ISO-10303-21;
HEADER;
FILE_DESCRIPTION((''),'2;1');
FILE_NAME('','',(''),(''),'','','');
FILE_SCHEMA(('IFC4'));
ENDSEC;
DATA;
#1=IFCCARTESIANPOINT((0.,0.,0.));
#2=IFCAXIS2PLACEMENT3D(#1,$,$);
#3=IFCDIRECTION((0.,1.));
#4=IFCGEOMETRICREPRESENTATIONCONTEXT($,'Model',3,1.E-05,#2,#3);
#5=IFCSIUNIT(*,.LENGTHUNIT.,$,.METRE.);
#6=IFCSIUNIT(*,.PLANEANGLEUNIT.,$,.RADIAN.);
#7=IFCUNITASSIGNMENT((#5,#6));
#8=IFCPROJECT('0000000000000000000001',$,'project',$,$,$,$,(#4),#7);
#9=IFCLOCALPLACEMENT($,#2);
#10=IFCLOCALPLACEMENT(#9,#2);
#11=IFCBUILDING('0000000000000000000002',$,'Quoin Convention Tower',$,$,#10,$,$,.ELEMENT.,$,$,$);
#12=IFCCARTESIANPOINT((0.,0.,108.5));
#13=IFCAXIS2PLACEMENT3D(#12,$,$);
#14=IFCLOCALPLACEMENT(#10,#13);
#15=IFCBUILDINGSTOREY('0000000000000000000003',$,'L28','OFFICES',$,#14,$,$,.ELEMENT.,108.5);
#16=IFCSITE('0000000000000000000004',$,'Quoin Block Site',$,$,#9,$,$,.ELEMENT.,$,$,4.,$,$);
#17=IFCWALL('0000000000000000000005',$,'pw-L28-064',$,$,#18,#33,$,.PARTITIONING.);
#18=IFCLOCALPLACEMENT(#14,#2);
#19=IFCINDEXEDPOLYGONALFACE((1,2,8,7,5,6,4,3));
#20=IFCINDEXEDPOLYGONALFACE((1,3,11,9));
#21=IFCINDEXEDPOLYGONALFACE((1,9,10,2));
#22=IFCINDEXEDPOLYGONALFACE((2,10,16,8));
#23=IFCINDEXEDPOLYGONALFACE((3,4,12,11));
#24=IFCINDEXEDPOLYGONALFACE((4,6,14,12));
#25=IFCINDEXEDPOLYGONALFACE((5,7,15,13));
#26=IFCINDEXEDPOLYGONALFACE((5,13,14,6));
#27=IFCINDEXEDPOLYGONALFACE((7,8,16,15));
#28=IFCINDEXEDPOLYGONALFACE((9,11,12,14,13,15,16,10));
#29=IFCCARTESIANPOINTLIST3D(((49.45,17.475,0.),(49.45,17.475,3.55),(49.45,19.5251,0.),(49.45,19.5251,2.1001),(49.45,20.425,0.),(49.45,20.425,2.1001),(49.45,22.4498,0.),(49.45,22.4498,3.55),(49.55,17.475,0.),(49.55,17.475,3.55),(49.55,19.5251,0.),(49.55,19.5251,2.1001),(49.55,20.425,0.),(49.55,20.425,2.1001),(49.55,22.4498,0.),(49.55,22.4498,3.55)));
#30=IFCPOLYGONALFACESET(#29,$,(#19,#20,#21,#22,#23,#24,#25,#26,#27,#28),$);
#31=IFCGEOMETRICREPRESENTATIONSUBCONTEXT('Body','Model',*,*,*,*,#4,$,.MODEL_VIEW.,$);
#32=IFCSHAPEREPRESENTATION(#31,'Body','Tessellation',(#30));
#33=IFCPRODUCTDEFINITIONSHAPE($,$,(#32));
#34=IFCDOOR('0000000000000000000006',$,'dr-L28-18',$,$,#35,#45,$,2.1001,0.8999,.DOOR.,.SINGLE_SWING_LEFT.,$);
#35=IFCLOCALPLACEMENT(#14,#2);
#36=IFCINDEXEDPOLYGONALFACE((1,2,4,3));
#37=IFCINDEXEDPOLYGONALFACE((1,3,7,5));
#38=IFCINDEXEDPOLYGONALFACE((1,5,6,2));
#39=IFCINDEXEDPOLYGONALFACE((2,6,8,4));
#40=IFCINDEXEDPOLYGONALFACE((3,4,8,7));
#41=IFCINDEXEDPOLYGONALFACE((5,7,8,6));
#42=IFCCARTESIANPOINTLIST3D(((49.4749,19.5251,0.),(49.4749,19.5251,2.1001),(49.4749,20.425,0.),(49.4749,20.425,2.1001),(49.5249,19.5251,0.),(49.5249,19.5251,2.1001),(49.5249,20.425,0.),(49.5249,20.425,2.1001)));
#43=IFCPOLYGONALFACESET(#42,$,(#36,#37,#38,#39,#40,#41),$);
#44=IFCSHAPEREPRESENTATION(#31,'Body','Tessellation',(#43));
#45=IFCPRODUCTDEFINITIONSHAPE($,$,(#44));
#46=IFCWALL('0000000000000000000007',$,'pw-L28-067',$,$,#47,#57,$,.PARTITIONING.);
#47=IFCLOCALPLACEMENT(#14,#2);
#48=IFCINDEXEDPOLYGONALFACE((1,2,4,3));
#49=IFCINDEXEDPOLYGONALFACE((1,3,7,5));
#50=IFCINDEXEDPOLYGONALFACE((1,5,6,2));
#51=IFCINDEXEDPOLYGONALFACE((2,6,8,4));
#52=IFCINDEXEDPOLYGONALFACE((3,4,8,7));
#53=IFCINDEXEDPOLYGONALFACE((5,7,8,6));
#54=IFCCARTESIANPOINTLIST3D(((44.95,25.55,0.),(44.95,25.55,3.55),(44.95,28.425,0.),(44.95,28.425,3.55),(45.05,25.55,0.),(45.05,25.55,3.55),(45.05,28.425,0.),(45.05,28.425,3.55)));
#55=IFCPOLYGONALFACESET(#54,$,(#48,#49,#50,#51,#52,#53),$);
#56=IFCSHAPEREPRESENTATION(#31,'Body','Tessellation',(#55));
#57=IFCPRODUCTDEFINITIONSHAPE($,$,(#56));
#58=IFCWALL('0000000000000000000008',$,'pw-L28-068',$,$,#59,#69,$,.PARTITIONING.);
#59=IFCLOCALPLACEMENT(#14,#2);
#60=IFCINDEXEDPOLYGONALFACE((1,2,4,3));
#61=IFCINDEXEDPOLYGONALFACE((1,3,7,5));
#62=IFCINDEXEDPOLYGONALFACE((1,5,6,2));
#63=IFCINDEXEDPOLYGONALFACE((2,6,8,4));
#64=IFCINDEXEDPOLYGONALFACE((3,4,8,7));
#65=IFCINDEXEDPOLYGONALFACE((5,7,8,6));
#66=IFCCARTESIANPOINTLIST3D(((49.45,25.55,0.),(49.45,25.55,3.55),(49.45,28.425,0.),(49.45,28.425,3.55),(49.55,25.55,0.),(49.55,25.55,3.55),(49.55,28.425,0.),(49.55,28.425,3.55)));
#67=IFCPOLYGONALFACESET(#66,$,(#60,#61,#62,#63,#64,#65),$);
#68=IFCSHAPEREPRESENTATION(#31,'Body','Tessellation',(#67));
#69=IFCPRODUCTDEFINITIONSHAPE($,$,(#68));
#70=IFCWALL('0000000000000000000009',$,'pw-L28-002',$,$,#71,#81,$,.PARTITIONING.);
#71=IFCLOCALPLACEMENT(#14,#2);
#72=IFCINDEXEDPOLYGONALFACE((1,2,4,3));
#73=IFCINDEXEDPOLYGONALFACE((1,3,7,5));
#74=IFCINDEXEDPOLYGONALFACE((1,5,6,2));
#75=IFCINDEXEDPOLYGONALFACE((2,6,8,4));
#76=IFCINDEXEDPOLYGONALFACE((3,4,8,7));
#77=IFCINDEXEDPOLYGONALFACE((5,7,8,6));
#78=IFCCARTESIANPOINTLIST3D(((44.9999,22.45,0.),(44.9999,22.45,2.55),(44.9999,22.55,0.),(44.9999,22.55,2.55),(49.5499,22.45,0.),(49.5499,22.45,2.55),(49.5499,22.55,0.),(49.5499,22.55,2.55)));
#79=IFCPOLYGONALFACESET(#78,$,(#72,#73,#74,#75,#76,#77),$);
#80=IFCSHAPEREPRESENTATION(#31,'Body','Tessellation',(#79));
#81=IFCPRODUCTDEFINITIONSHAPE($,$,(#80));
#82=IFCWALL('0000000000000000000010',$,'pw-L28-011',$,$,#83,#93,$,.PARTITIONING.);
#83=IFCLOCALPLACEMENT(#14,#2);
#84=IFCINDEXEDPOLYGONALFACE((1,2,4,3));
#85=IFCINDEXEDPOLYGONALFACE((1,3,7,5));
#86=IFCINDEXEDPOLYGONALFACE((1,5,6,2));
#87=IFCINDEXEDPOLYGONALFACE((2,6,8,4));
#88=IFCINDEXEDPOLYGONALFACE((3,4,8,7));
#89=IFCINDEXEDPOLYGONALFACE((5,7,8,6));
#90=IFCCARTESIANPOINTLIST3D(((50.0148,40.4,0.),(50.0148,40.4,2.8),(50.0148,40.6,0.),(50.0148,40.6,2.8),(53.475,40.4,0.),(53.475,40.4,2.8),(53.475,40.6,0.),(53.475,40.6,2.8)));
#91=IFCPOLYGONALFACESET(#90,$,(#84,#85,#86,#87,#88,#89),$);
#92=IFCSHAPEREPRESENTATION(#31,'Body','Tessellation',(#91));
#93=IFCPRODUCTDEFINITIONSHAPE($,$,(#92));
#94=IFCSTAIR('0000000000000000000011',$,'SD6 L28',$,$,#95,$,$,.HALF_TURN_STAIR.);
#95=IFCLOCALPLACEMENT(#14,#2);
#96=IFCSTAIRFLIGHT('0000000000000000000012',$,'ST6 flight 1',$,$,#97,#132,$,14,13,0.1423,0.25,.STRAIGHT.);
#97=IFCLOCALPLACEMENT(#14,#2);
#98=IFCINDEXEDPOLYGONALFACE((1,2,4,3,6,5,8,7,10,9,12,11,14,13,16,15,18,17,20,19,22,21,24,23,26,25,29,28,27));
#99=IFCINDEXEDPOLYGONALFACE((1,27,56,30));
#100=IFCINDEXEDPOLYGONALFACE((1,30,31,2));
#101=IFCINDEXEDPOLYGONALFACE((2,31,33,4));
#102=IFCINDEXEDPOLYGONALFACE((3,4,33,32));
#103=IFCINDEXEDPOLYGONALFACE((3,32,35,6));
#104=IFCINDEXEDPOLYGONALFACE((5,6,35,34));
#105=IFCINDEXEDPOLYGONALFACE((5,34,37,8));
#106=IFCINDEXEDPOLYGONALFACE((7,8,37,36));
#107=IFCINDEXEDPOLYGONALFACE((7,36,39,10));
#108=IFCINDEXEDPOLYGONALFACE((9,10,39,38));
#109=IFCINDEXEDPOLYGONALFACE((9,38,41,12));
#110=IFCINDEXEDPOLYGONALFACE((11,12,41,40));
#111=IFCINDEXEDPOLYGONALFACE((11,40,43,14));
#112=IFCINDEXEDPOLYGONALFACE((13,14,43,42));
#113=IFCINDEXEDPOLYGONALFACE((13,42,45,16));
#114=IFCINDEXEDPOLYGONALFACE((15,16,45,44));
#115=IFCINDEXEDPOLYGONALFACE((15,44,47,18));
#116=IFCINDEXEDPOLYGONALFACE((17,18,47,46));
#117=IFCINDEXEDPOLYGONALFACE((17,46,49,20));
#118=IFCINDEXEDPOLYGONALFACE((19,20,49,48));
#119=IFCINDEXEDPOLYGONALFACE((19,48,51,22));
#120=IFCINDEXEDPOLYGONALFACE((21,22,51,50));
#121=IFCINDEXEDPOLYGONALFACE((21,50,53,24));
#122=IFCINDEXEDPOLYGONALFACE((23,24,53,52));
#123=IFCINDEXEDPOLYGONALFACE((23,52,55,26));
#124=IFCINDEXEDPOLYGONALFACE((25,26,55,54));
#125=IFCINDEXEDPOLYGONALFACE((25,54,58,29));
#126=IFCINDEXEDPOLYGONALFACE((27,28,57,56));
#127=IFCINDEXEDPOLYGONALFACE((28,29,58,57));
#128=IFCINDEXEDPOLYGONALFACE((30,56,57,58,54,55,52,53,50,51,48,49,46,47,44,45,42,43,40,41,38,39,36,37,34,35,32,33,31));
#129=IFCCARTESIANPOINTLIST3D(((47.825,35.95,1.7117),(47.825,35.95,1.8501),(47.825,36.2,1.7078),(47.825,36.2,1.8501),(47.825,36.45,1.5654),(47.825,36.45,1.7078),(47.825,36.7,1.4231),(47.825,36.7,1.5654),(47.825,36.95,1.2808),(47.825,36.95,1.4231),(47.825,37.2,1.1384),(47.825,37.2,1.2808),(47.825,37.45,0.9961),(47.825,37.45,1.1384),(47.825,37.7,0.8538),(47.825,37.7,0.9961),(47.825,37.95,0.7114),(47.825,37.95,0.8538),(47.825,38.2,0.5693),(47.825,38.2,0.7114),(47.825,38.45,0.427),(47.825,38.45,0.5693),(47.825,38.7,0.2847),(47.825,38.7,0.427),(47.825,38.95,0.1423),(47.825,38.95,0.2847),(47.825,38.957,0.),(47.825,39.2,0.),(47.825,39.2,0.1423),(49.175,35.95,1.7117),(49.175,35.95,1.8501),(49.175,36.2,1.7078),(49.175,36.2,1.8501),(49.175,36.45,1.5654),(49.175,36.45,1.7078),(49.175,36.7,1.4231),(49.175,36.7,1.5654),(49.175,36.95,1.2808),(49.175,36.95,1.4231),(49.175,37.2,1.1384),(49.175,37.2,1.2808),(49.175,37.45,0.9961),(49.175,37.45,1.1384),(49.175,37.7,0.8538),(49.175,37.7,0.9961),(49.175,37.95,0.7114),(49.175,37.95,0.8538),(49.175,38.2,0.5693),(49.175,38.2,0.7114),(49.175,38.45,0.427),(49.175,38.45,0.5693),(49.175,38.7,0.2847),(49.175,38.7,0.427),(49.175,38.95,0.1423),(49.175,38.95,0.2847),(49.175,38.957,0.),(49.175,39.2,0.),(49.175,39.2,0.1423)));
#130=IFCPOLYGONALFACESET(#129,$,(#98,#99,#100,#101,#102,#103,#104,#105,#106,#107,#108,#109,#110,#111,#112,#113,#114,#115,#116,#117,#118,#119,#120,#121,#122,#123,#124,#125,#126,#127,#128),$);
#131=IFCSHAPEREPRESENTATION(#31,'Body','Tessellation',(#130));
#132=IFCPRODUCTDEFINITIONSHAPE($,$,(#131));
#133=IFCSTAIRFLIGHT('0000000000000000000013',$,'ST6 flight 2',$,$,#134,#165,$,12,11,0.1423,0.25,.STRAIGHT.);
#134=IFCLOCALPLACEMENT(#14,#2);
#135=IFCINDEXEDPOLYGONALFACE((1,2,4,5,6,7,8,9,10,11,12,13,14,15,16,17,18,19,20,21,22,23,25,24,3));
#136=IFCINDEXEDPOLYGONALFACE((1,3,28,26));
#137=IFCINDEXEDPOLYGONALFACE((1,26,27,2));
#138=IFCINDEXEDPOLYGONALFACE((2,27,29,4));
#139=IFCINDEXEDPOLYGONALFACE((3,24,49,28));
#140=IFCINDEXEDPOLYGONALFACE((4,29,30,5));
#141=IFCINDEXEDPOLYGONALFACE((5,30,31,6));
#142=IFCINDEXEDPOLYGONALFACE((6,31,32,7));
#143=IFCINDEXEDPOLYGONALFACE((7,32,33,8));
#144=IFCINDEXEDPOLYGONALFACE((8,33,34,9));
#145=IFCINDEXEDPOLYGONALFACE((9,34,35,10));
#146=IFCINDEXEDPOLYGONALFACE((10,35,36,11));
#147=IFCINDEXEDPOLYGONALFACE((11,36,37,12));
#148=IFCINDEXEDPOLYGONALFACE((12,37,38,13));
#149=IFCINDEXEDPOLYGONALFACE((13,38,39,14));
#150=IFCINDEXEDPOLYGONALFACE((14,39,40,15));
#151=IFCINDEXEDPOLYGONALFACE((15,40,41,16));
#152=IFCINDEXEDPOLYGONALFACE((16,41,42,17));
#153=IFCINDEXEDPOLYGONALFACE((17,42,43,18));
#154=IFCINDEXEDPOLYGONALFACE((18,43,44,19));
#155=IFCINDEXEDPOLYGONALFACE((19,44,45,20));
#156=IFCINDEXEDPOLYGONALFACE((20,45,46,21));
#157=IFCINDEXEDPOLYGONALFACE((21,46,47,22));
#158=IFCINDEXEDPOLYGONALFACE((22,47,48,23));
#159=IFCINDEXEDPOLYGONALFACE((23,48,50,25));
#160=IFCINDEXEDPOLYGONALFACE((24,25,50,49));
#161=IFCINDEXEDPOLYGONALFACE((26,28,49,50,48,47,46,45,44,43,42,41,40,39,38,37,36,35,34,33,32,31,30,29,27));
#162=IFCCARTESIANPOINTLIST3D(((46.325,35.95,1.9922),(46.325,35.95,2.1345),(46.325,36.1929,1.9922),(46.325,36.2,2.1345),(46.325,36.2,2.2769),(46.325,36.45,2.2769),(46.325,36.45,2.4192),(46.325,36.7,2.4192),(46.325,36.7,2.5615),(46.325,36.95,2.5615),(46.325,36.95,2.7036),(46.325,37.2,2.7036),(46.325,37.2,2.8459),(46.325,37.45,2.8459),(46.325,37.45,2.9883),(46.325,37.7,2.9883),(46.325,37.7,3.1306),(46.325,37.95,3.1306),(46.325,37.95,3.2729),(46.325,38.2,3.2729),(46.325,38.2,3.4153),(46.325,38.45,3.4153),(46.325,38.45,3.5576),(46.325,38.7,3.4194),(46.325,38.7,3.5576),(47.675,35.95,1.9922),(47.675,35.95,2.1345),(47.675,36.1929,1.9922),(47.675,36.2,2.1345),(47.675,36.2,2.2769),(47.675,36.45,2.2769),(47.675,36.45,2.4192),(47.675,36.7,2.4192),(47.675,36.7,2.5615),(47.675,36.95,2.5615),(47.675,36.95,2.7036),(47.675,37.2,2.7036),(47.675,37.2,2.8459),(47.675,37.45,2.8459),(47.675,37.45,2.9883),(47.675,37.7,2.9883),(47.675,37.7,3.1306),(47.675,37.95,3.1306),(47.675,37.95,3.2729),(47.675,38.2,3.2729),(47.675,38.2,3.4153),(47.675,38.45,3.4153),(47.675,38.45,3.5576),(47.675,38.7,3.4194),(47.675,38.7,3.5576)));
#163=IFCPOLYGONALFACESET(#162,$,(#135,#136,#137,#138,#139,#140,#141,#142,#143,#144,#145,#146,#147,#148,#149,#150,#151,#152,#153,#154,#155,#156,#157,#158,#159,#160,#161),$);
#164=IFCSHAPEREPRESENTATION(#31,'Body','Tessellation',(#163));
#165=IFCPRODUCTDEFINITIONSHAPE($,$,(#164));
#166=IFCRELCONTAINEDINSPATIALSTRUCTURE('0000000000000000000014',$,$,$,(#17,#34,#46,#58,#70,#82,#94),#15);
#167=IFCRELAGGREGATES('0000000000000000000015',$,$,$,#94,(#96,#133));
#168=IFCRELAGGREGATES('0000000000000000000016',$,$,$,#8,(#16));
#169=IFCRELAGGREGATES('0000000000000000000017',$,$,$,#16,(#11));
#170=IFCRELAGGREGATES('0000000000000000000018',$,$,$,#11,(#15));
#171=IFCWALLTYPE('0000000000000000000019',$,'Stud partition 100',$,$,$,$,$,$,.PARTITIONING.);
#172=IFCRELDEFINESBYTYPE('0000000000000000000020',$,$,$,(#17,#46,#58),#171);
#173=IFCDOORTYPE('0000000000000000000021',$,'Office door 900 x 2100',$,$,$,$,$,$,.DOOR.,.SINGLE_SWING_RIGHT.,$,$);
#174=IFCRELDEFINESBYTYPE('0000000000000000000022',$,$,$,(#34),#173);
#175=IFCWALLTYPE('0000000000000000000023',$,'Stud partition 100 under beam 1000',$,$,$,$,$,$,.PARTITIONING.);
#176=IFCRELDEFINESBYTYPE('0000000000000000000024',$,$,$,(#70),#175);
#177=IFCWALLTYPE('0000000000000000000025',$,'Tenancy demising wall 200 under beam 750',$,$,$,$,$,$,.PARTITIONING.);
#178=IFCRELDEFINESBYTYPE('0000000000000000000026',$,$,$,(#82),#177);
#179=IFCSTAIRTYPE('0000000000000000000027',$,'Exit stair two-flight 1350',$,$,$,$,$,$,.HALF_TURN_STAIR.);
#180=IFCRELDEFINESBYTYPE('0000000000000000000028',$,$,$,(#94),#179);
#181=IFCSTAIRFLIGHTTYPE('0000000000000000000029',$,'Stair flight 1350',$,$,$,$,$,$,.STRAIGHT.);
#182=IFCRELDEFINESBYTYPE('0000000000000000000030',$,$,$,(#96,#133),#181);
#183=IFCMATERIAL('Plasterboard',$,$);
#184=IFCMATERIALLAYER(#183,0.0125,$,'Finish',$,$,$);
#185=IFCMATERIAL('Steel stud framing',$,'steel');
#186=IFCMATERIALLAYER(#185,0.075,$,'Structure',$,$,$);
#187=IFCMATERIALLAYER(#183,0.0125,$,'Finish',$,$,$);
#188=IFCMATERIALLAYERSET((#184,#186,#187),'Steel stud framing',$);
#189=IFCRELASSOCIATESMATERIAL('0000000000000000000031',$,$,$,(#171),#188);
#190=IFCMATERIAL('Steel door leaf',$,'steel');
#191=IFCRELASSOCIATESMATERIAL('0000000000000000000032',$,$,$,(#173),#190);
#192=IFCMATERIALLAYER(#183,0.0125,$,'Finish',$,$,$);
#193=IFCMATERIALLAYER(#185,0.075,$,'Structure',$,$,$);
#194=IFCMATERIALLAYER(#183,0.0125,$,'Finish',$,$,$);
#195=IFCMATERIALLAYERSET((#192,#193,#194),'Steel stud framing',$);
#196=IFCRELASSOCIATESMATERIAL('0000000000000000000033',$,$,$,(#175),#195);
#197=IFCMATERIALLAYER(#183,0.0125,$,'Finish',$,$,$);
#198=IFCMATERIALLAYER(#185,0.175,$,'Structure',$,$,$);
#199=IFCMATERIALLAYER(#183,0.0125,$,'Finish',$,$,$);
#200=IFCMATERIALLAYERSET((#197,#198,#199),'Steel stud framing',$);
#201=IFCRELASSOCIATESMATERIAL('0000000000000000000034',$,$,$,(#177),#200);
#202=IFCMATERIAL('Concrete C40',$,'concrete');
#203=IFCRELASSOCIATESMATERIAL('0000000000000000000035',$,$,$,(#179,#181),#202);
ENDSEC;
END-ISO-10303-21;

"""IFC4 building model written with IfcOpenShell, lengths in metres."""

from ifc_helpers import new_model, si_unit, direction, frame, frame_2d, origin, place, context, subcontext, project, spatial, polyline, rectangle, outline, extrude, material, layer, layer_set, type_object, element, fill, aggregate, save


model = new_model("IFC4")

# Units and contexts
model_context = context("Model", 3, precision=1e-05, world=origin(), true_north=direction((0.0, 1.0)))
body_context = subcontext(model_context, "Body", "Model", "MODEL_VIEW")
ifc_project = project(units=[si_unit("LENGTHUNIT", "METRE"), si_unit("PLANEANGLEUNIT", "RADIAN")], contexts=[model_context])

# Site, building, storey
site_placement = place(None, origin())
site = spatial("IfcSite", under=ifc_project, at=site_placement, Name="Quoin Block Site", CompositionType="ELEMENT", RefElevation=4.0)
building_placement = place(site_placement, origin())
building = spatial("IfcBuilding", under=site, at=building_placement, Name="Quoin Convention Tower", CompositionType="ELEMENT")
storey_placement = place(building_placement, frame((0.0, 0.0, 108.5)))
storey = spatial("IfcBuildingStorey", under=building, at=storey_placement, Name="L28", Description="OFFICES", CompositionType="ELEMENT", Elevation=108.5)

# Shared definitions
ifc_material_1 = material(Name="Plasterboard")
ifc_material_2 = material(Name="Steel stud framing", Category="steel")
ifc_material_3 = material(Name="Steel door leaf", Category="steel")

# Wall, opening, door
ifc_layer_1 = layer(ifc_material_1, 0.0125, Name="Finish")
ifc_layer_2 = layer(ifc_material_2, 0.075, Name="Structure")
ifc_layer_3 = layer(ifc_material_1, 0.0125, Name="Finish")
ifc_layer_set_1 = layer_set([ifc_layer_1, ifc_layer_2, ifc_layer_3], Name="Steel stud framing")
wall_type_1 = type_object("IfcWallType", Name="Stud partition 100", PredefinedType="PARTITIONING", material=ifc_layer_set_1)
wall_1_placement = place(storey_placement, frame((49.5, 17.4751, 0.0), z_axis=(0.0, 0.0, 1.0), x_axis=(0.0, 1.0, 0.0)))
wall_1 = element("IfcWall", 1, at=wall_1_placement, inside=storey, type_object=wall_type_1, Name="pw-L28-064", PredefinedType="PARTITIONING", context=body_context, shape_type="SweptSolid", body=[
    extrude(rectangle(XDim=4.9749, YDim=0.1001, at=frame_2d((2.4873, 0.0))), origin(), (0.0, 0.0, 1.0), 3.55),
])
opening_1_placement = place(wall_1_placement, frame((2.05, 0.0, 0.0)))
opening_1 = element("IfcOpeningElement", 2, at=opening_1_placement, cuts=wall_1, PredefinedType="OPENING", context=body_context, shape_type="SweptSolid", body=[
    extrude(rectangle(XDim=0.8999, YDim=2.1001, at=frame_2d((0.45, 1.05))), frame((0.0, 0.0601, 0.0), z_axis=(0.0, -1.0, 0.0), x_axis=(1.0, 0.0, 0.0)), (0.0, 0.0, 1.0), 0.1201),
])
door_type_1 = type_object("IfcDoorType", Name="Office door 900 x 2100", OperationType="SINGLE_SWING_RIGHT", PredefinedType="DOOR", material=ifc_material_3)
door_1_placement = place(opening_1_placement, frame((0.8999, 0.0, 0.0), z_axis=(0.0, 0.0, 1.0), x_axis=(-1.0, 0.0, 0.0)))
door_1 = element("IfcDoor", 3, at=door_1_placement, inside=storey, type_object=door_type_1, Name="dr-L28-18", OperationType="SINGLE_SWING_LEFT", OverallHeight=2.1001, OverallWidth=0.8999, PredefinedType="DOOR", context=body_context, shape_type="SweptSolid", body=[
    extrude(rectangle(XDim=0.8999, YDim=2.1001, at=frame_2d((0.45, 1.05))), frame((0.0, 0.0249, 0.0), z_axis=(0.0, -1.0, 0.0), x_axis=(1.0, 0.0, 0.0)), (0.0, 0.0, 1.0), 0.05),
])
fill(opening_1, door_1)

# Walls
for number, where, z_axis, x_axis, name in (
    (4, (45.0, 25.55, 0.0), (0.0, 0.0, 1.0), (0.0, 1.0, 0.0), "pw-L28-067"),
    (5, (49.5, 25.55, 0.0), (0.0, 0.0, 1.0), (0.0, 1.0, 0.0), "pw-L28-068"),
):
    element("IfcWall", number, at=place(storey_placement, frame(where, z_axis=z_axis, x_axis=x_axis)), inside=storey, type_object=wall_type_1, Name=name, PredefinedType="PARTITIONING", context=body_context, shape_type="SweptSolid", body=[
        extrude(rectangle(XDim=2.875, YDim=0.1001, at=frame_2d((1.4375, 0.0))), origin(), (0.0, 0.0, 1.0), 3.55),
    ])
ifc_layer_4 = layer(ifc_material_1, 0.0125, Name="Finish")
ifc_layer_5 = layer(ifc_material_2, 0.075, Name="Structure")
ifc_layer_6 = layer(ifc_material_1, 0.0125, Name="Finish")
ifc_layer_set_2 = layer_set([ifc_layer_4, ifc_layer_5, ifc_layer_6], Name="Steel stud framing")
wall_type_2 = type_object("IfcWallType", Name="Stud partition 100 under beam 1000", PredefinedType="PARTITIONING", material=ifc_layer_set_2)
wall_2_placement = place(storey_placement, frame((45.0, 22.5, 0.0), z_axis=(0.0, 0.0, 1.0), x_axis=(1.0, 0.0, 0.0)))
element("IfcWall", 6, at=wall_2_placement, inside=storey, type_object=wall_type_2, Name="pw-L28-002", PredefinedType="PARTITIONING", context=body_context, shape_type="SweptSolid", body=[
    extrude(rectangle(XDim=4.55, YDim=0.1001, at=frame_2d((2.2749, 0.0))), origin(), (0.0, 0.0, 1.0), 2.55),
])
ifc_layer_7 = layer(ifc_material_1, 0.0125, Name="Finish")
ifc_layer_8 = layer(ifc_material_2, 0.175, Name="Structure")
ifc_layer_9 = layer(ifc_material_1, 0.0125, Name="Finish")
ifc_layer_set_3 = layer_set([ifc_layer_7, ifc_layer_8, ifc_layer_9], Name="Steel stud framing")
wall_type_3 = type_object("IfcWallType", Name="Tenancy demising wall 200 under beam 750", PredefinedType="PARTITIONING", material=ifc_layer_set_3)
wall_3_placement = place(storey_placement, frame((50.0149, 40.5, 0.0), z_axis=(0.0, 0.0, 1.0), x_axis=(1.0, 0.0, 0.0)))
element("IfcWall", 7, at=wall_3_placement, inside=storey, type_object=wall_type_3, Name="pw-L28-011", PredefinedType="PARTITIONING", context=body_context, shape_type="SweptSolid", body=[
    extrude(rectangle(XDim=3.4602, YDim=0.2, at=frame_2d((1.73, 0.0))), origin(), (0.0, 0.0, 1.0), 2.8),
])

# Stair, stair flights
ifc_material_4 = material(Name="Concrete C40", Category="concrete")
stair_type = type_object("IfcStairType", Name="Exit stair two-flight 1350", PredefinedType="HALF_TURN_STAIR", material=ifc_material_4)
stair_placement = place(storey_placement, origin())
stair = element("IfcStair", 8, at=stair_placement, inside=storey, type_object=stair_type, Name="SD6 L28", PredefinedType="HALF_TURN_STAIR")
stair_flight_type = type_object("IfcStairFlightType", Name="Stair flight 1350", PredefinedType="STRAIGHT", material=ifc_material_4)
stair_flight_1_placement = place(storey_placement, frame((48.5, 39.2, 0.0), z_axis=(0.0, 0.0, 1.0), x_axis=(0.0, -1.0, 0.0)))
stair_flight_1 = element("IfcStairFlight", 9, at=stair_flight_1_placement, type_object=stair_flight_type, Name="ST6 flight 1", NumberOfRisers=14, NumberOfTreads=13, PredefinedType="STRAIGHT", RiserHeight=0.1423, TreadLength=0.25, context=body_context, shape_type="SweptSolid", body=[
    extrude(outline(polyline([(0.0, 0.0), (0.0, 0.1423), (0.25, 0.1423), (0.25, 0.2847), (0.5, 0.2847), (0.5, 0.427), (0.75, 0.427), (0.75, 0.5693), (1.0, 0.5693), (1.0, 0.7114), (1.25, 0.7114), (1.25, 0.8538), (1.5, 0.8538), (1.5, 0.9961), (1.75, 0.9961), (1.75, 1.1384), (2.0, 1.1384), (2.0, 1.2808), (2.25, 1.2808), (2.25, 1.4231), (2.5, 1.4231), (2.5, 1.5654), (2.75, 1.5654), (2.75, 1.7078), (3.0, 1.7078), (3.0, 1.8501), (3.25, 1.8501), (3.25, 1.9922), (3.25, 1.7117), (0.2429, 0.0), (0.0, 0.0)])), frame((0.0, 0.675, 0.0), z_axis=(0.0, -1.0, 0.0), x_axis=(1.0, 0.0, 0.0)), (0.0, 0.0, 1.0), 1.3501),
])
stair_flight_2_placement = place(storey_placement, frame((47.0, 35.95, 1.9922), z_axis=(0.0, 0.0, 1.0), x_axis=(0.0, 1.0, 0.0)))
stair_flight_2 = element("IfcStairFlight", 10, at=stair_flight_2_placement, type_object=stair_flight_type, Name="ST6 flight 2", NumberOfRisers=12, NumberOfTreads=11, PredefinedType="STRAIGHT", RiserHeight=0.1423, TreadLength=0.25, context=body_context, shape_type="SweptSolid", body=[
    extrude(outline(polyline([(0.0, 0.0), (0.0, 0.1423), (0.25, 0.1423), (0.25, 0.2847), (0.5, 0.2847), (0.5, 0.427), (0.75, 0.427), (0.75, 0.5693), (1.0, 0.5693), (1.0, 0.7114), (1.25, 0.7114), (1.25, 0.8538), (1.5, 0.8538), (1.5, 0.9961), (1.75, 0.9961), (1.75, 1.1384), (2.0, 1.1384), (2.0, 1.2808), (2.25, 1.2808), (2.25, 1.4231), (2.5, 1.4231), (2.5, 1.5654), (2.75, 1.5654), (2.75, 1.7078), (2.75, 1.4272), (0.2429, 0.0), (0.0, 0.0)])), frame((0.0, 0.675, 0.0), z_axis=(0.0, -1.0, 0.0), x_axis=(1.0, 0.0, 0.0)), (0.0, 0.0, 1.0), 1.3501),
])
aggregate(stair, [stair_flight_1, stair_flight_2])

save(model, "model.ifc")
